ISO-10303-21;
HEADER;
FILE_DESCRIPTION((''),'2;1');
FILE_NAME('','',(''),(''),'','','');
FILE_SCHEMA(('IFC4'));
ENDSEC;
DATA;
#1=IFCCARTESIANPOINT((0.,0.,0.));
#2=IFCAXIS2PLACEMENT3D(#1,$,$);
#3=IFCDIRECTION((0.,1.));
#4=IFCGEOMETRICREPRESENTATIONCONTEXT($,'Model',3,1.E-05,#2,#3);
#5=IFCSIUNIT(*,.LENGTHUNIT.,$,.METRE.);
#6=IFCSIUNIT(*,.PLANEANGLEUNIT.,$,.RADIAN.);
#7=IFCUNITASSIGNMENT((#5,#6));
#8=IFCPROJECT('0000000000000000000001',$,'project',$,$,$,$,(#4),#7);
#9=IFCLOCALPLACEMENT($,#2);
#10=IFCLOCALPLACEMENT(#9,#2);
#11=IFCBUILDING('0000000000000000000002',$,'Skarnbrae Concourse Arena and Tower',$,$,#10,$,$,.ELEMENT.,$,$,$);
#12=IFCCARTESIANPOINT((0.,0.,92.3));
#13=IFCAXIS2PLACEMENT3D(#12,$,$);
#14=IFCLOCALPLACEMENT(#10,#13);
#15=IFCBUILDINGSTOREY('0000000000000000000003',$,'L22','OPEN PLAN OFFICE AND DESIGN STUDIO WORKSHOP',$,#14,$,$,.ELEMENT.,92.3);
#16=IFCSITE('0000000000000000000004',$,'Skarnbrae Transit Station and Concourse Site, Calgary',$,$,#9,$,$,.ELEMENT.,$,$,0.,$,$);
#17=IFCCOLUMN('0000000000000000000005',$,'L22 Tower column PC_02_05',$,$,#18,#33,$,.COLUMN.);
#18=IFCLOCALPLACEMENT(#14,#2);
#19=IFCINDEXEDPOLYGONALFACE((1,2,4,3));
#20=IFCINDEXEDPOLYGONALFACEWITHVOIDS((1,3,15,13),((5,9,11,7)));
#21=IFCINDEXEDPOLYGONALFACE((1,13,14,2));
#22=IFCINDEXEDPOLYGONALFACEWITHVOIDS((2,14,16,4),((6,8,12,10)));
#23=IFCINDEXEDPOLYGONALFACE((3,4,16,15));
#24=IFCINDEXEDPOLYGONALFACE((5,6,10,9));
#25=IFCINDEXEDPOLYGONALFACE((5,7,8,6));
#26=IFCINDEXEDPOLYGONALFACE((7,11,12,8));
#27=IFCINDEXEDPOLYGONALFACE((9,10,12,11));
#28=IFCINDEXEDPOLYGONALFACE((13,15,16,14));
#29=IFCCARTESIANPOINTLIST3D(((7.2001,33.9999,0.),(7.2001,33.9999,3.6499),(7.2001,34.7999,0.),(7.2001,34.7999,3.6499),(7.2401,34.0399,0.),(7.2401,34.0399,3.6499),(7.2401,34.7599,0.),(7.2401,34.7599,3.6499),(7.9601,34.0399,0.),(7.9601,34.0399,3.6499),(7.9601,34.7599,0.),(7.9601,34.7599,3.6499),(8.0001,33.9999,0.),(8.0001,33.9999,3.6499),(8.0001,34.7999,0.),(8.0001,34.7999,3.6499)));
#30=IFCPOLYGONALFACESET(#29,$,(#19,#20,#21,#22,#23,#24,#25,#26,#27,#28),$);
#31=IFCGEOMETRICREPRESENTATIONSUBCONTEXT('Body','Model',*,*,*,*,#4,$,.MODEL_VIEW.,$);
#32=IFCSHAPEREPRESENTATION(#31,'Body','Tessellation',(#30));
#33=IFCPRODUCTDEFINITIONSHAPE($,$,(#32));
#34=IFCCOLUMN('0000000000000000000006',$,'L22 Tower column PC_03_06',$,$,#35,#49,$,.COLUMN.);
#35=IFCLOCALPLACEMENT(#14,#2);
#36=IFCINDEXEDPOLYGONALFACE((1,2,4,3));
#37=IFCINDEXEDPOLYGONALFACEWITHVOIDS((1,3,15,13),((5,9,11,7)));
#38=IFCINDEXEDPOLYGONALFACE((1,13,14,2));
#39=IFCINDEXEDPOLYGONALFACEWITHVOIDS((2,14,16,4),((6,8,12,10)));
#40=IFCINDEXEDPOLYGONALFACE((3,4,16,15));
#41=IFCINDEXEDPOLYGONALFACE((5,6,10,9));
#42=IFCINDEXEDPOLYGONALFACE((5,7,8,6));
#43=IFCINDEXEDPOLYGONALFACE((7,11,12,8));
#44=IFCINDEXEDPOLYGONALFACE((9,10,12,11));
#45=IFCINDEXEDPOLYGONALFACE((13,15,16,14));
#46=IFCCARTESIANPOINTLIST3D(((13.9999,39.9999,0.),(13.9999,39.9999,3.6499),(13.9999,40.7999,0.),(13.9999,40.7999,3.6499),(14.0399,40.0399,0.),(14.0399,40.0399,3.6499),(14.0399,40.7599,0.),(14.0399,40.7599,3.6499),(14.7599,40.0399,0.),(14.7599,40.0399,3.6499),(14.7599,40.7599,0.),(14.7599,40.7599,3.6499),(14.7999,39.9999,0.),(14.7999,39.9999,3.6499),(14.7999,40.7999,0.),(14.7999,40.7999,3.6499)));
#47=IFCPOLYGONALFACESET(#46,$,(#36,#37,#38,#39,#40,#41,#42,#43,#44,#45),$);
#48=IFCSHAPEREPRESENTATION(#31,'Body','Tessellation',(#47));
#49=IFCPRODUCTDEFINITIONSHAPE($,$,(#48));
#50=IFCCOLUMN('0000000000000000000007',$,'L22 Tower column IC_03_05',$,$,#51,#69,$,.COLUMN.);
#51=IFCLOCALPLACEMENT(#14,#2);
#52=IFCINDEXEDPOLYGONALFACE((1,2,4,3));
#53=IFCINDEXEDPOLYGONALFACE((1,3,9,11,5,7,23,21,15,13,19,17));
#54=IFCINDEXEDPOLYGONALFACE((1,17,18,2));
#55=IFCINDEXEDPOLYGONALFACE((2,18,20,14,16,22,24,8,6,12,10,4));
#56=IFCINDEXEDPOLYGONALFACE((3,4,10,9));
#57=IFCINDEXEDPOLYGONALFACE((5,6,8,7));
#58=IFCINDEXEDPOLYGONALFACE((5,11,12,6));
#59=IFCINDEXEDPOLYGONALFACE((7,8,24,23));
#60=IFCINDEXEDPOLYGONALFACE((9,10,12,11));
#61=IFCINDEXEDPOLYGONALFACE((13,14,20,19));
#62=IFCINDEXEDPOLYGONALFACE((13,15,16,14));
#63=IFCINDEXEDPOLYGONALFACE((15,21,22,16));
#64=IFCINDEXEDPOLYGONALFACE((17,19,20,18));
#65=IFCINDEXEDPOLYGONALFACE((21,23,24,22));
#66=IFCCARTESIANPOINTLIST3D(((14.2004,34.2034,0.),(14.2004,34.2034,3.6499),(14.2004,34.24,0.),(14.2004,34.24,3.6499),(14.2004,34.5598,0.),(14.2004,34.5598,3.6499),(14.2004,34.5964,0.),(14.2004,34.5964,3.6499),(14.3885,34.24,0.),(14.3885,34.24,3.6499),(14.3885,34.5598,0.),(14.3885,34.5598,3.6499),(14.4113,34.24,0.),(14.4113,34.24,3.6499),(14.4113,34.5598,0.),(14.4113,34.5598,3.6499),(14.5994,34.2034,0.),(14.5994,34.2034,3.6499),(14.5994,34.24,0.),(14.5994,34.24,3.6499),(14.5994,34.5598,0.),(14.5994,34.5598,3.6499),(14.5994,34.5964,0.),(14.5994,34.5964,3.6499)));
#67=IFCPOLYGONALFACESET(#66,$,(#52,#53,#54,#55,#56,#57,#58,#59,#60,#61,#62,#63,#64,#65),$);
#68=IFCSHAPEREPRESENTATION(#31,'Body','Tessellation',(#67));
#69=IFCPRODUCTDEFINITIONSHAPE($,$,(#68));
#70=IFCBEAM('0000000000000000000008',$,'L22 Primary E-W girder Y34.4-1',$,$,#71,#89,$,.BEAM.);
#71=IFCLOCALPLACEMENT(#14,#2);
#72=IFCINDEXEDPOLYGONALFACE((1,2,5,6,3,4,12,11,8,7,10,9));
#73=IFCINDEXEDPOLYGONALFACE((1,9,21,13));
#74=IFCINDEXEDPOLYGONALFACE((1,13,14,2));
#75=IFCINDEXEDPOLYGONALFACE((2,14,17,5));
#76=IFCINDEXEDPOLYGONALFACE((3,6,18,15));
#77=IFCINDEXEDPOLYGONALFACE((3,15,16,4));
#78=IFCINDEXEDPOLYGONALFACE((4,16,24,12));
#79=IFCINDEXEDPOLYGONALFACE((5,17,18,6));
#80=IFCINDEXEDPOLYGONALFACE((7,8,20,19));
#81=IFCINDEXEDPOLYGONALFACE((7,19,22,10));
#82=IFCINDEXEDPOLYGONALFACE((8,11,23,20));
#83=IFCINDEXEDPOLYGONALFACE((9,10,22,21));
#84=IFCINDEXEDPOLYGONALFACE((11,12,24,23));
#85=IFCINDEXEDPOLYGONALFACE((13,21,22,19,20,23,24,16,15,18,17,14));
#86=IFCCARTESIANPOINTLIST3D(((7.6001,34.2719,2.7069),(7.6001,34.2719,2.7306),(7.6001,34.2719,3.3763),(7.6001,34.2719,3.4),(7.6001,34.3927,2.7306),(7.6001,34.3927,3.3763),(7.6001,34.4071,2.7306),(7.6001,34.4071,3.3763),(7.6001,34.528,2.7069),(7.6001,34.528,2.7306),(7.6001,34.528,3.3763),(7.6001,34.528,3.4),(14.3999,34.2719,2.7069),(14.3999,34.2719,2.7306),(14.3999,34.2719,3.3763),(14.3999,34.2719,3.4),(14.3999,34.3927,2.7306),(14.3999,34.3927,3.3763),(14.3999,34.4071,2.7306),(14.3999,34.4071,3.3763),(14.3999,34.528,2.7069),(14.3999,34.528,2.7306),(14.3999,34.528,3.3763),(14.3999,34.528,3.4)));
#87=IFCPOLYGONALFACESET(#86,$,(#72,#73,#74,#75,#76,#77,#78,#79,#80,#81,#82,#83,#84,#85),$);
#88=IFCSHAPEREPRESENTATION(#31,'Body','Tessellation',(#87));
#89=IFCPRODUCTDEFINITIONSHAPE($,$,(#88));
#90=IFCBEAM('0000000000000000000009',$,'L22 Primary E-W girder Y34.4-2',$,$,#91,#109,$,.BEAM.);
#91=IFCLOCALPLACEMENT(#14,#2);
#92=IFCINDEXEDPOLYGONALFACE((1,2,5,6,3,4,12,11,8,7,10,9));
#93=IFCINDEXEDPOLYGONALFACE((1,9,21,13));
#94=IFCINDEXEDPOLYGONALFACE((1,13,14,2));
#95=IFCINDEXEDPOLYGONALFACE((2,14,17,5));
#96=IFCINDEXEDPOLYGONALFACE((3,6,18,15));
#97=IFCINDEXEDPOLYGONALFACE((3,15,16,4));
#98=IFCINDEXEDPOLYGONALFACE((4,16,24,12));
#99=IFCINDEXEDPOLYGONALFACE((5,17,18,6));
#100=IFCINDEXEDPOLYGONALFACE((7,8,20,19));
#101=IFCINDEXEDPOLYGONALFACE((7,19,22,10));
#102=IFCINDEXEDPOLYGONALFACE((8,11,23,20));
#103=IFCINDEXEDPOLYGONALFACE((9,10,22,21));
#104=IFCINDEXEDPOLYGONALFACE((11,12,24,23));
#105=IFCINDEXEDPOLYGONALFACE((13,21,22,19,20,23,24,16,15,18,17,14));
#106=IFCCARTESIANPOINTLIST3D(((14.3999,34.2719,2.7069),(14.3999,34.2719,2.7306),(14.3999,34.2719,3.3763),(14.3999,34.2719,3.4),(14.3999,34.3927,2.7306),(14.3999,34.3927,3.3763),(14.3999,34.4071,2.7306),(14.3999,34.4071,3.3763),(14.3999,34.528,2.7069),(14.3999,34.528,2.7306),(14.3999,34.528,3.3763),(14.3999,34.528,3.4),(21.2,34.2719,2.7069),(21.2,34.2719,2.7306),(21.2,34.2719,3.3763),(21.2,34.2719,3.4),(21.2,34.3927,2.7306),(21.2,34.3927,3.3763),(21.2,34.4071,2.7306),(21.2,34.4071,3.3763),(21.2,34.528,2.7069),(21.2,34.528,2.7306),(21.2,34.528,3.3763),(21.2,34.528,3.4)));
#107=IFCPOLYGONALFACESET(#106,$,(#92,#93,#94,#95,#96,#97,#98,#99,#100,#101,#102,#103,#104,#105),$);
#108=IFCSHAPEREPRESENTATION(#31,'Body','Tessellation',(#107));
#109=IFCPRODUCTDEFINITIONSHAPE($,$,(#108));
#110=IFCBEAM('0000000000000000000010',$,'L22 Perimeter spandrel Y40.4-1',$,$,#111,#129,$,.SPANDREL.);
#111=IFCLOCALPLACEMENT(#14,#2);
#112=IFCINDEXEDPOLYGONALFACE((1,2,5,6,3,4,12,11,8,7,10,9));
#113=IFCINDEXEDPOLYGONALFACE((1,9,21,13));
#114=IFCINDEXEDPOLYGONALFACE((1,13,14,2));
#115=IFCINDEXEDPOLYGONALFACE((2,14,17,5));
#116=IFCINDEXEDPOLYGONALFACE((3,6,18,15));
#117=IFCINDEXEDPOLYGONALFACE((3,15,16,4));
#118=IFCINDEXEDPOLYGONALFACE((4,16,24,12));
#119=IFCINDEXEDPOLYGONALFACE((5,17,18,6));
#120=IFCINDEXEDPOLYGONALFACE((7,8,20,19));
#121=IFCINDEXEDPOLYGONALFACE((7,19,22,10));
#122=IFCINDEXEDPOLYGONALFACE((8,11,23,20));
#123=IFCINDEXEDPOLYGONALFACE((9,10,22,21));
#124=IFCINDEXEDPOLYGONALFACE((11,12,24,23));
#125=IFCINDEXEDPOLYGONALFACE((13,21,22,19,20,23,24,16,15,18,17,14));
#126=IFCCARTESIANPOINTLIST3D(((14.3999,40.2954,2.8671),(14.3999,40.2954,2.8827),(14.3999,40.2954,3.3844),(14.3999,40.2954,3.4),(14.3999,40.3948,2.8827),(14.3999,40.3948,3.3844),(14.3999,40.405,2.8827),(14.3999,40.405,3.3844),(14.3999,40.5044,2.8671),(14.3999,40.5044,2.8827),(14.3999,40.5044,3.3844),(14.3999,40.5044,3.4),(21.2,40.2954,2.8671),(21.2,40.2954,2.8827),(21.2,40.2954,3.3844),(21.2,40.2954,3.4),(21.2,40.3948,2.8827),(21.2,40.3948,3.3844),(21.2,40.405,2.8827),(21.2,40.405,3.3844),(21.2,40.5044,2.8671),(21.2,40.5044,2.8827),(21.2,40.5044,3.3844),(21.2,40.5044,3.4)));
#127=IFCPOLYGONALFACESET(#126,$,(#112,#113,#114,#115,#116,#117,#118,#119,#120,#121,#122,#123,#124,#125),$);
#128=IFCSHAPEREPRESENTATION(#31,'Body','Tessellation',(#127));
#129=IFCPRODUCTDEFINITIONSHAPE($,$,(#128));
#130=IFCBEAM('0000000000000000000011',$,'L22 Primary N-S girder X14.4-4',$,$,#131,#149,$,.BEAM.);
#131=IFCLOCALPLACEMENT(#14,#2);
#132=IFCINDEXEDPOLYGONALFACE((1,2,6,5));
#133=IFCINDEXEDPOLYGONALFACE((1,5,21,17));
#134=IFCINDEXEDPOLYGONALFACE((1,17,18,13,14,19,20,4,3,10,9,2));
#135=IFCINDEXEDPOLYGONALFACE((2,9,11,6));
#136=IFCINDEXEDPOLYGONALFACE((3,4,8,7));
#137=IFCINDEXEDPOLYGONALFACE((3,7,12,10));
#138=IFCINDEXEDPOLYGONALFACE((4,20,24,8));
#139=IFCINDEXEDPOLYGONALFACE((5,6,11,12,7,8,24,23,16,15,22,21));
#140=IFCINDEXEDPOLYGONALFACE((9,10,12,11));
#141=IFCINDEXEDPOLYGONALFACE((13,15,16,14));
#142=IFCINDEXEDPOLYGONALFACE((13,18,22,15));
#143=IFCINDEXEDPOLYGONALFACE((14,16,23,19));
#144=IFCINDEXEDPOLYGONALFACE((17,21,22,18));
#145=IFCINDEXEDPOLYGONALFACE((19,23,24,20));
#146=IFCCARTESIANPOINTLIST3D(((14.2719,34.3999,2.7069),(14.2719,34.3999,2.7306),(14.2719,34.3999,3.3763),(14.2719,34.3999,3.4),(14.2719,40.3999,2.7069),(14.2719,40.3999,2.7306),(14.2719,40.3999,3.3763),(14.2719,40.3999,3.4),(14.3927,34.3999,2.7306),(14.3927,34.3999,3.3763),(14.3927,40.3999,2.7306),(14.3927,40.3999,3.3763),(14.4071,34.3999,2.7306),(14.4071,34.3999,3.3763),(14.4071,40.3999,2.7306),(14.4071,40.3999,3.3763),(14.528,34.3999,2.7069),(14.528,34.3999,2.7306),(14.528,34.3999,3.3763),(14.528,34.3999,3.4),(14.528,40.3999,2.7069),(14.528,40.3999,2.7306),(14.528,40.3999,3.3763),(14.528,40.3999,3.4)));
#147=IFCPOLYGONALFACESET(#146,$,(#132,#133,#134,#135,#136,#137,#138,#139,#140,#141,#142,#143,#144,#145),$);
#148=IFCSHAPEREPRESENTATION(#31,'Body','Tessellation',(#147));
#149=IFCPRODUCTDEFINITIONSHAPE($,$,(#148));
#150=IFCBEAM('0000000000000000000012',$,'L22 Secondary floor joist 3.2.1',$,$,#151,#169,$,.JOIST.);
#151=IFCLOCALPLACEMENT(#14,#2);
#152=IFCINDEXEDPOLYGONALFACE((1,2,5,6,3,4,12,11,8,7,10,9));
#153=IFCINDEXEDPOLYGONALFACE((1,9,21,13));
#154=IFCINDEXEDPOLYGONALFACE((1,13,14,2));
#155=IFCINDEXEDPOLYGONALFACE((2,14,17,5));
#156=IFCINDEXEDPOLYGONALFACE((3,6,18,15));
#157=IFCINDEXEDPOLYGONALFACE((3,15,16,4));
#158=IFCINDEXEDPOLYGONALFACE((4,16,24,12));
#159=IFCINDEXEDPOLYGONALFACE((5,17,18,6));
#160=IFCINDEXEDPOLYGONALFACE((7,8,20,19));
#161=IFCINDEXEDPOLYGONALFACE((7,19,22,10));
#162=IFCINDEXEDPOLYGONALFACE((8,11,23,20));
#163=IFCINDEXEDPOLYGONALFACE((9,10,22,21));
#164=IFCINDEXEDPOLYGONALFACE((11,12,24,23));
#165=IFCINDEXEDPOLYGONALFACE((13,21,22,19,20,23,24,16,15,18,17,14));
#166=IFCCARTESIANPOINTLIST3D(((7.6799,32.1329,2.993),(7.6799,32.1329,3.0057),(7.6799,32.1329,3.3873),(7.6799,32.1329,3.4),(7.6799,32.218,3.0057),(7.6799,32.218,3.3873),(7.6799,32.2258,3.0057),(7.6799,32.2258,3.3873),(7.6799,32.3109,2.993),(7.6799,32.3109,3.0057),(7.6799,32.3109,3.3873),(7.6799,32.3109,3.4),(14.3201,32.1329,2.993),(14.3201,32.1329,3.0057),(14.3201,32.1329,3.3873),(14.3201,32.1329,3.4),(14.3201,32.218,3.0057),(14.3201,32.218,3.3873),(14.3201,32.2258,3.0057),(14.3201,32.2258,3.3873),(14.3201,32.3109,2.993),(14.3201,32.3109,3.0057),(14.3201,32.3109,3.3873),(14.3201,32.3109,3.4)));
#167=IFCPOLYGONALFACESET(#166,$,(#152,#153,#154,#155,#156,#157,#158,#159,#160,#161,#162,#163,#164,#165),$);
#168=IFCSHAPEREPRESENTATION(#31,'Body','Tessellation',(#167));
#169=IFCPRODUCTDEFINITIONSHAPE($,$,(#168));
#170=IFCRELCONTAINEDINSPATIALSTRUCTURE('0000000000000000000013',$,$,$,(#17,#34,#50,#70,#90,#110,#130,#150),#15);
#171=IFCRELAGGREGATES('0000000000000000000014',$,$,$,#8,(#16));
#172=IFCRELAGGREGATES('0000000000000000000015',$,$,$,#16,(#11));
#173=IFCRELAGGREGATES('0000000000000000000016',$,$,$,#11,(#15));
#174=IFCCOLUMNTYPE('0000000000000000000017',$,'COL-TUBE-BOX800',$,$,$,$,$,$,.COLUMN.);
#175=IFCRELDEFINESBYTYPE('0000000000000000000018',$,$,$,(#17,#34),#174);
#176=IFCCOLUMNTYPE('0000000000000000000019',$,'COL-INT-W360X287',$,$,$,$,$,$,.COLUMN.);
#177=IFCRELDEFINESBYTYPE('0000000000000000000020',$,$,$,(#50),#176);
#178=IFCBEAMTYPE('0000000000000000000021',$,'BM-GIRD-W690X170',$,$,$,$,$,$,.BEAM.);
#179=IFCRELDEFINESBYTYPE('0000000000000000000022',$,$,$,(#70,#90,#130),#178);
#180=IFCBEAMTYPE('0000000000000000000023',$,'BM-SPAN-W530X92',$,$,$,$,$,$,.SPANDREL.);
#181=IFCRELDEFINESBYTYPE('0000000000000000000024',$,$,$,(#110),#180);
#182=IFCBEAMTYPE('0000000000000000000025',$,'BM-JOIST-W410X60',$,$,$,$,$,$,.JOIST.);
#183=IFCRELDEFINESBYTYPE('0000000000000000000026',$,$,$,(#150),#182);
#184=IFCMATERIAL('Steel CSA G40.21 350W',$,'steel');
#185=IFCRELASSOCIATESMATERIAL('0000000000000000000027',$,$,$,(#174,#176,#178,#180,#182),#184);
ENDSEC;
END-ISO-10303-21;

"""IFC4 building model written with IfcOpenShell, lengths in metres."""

from ifc_helpers import new_model, si_unit, direction, frame, origin, origin_2d, place, context, subcontext, project, spatial, hollow_rectangle, i_section, extrude, source, transform, mapped, material, material_profile, profile_set, type_object, element, save


model = new_model("IFC4")

# Units and contexts
model_context = context("Model", 3, precision=1e-05, world=origin(), true_north=direction((0.0, 1.0)))
body_context = subcontext(model_context, "Body", "Model", "MODEL_VIEW")
ifc_project = project(units=[si_unit("LENGTHUNIT", "METRE"), si_unit("PLANEANGLEUNIT", "RADIAN")], contexts=[model_context])

# Site, building, storey
site_placement = place(None, origin())
site = spatial("IfcSite", under=ifc_project, at=site_placement, Name="Skarnbrae Transit Station and Concourse Site, Calgary", CompositionType="ELEMENT", RefElevation=0.0)
building_placement = place(site_placement, origin())
building = spatial("IfcBuilding", under=site, at=building_placement, Name="Skarnbrae Concourse Arena and Tower", CompositionType="ELEMENT")
storey_placement = place(building_placement, frame((0.0, 0.0, 92.3)))
storey = spatial("IfcBuildingStorey", under=building, at=storey_placement, Name="L22", Description="OPEN PLAN OFFICE AND DESIGN STUDIO WORKSHOP", CompositionType="ELEMENT", Elevation=92.3)

# Columns
ifc_material_1 = material(Name="Steel CSA G40.21 350W", Category="steel")
ifc_material_profile_1 = material_profile(ifc_material_1, hollow_rectangle(XDim=0.8, YDim=0.8, WallThickness=0.04, at=origin_2d()), Name="BOX800X800X40")
ifc_profile_set_1 = profile_set([ifc_material_profile_1], Name="Steel CSA G40.21 350W")
column_type_1 = type_object("IfcColumnType", Name="COL-TUBE-BOX800", PredefinedType="COLUMN", material=ifc_profile_set_1)
shared_shape_1 = source(origin(), body_context, "Body", "SweptSolid", [
    extrude(hollow_rectangle(XDim=0.8, YDim=0.8, WallThickness=0.04, at=origin_2d()), origin(), (0.0, 0.0, 1.0), 3.6499),
])
for number, where, z_axis, x_axis, name in (
    (1, (7.6001, 34.3999, 0.0), (0.0, 0.0, 1.0), (1.0, 0.0, 0.0), "L22 Tower column PC_02_05"),
    (2, (14.3999, 40.3999, 0.0), (0.0, 0.0, 1.0), (1.0, 0.0, 0.0), "L22 Tower column PC_03_06"),
):
    element("IfcColumn", number, at=place(storey_placement, frame(where, z_axis=z_axis, x_axis=x_axis)), inside=storey, type_object=column_type_1, Name=name, PredefinedType="COLUMN", context=body_context, shape_type="MappedRepresentation", body=[
        mapped(shared_shape_1, transform((0.0, 0.0, 0.0))),
    ])
ifc_material_profile_2 = material_profile(ifc_material_1, i_section(OverallWidth=0.3989, OverallDepth=0.3931, WebThickness=0.0227, FlangeThickness=0.0366, at=origin_2d()), Name="W360X287")
ifc_profile_set_2 = profile_set([ifc_material_profile_2], Name="Steel CSA G40.21 350W")
column_type_2 = type_object("IfcColumnType", Name="COL-INT-W360X287", PredefinedType="COLUMN", material=ifc_profile_set_2)
shared_shape_2 = source(origin(), body_context, "Body", "SweptSolid", [
    extrude(i_section(OverallWidth=0.3989, OverallDepth=0.3931, WebThickness=0.0227, FlangeThickness=0.0366, at=origin_2d()), origin(), (0.0, 0.0, 1.0), 3.6499),
])
column_placement = place(storey_placement, frame((14.3999, 34.3999, 0.0), z_axis=(0.0, 0.0, 1.0), x_axis=(1.0, 0.0, 0.0)))
element("IfcColumn", 3, at=column_placement, inside=storey, type_object=column_type_2, Name="L22 Tower column IC_03_05", PredefinedType="COLUMN", context=body_context, shape_type="MappedRepresentation", body=[
    mapped(shared_shape_2, transform((0.0, 0.0, 0.0))),
])

# Beams
ifc_material_profile_3 = material_profile(ifc_material_1, i_section(OverallWidth=0.2561, OverallDepth=0.6931, WebThickness=0.0144, FlangeThickness=0.0237, at=origin_2d()), Name="W690X170")
ifc_profile_set_3 = profile_set([ifc_material_profile_3], Name="Steel CSA G40.21 350W")
beam_type_1 = type_object("IfcBeamType", Name="BM-GIRD-W690X170", PredefinedType="BEAM", material=ifc_profile_set_3)
shared_shape_3 = source(origin(), body_context, "Body", "SweptSolid", [
    extrude(i_section(OverallWidth=0.2561, OverallDepth=0.6931, WebThickness=0.0144, FlangeThickness=0.0237, at=origin_2d()), origin(), (0.0, 0.0, 1.0), 6.7998),
])
beam_1_placement = place(storey_placement, frame((7.6001, 34.3999, 3.0535), z_axis=(1.0, 0.0, 0.0), x_axis=(0.0, 1.0, 0.0)))
element("IfcBeam", 4, at=beam_1_placement, inside=storey, type_object=beam_type_1, Name="L22 Primary E-W girder Y34.4-1", PredefinedType="BEAM", context=body_context, shape_type="MappedRepresentation", body=[
    mapped(shared_shape_3, transform((0.0, 0.0, 0.0))),
])
shared_shape_4 = source(origin(), body_context, "Body", "SweptSolid", [
    extrude(i_section(OverallWidth=0.2561, OverallDepth=0.6931, WebThickness=0.0144, FlangeThickness=0.0237, at=origin_2d()), origin(), (0.0, 0.0, 1.0), 6.8),
])
beam_2_placement = place(storey_placement, frame((14.3999, 34.3999, 3.0535), z_axis=(1.0, 0.0, 0.0), x_axis=(0.0, 1.0, 0.0)))
element("IfcBeam", 5, at=beam_2_placement, inside=storey, type_object=beam_type_1, Name="L22 Primary E-W girder Y34.4-2", PredefinedType="BEAM", context=body_context, shape_type="MappedRepresentation", body=[
    mapped(shared_shape_4, transform((0.0, 0.0, 0.0))),
])
ifc_material_profile_4 = material_profile(ifc_material_1, i_section(OverallWidth=0.209, OverallDepth=0.533, WebThickness=0.0103, FlangeThickness=0.0156, at=origin_2d()), Name="W530X92")
ifc_profile_set_4 = profile_set([ifc_material_profile_4], Name="Steel CSA G40.21 350W")
beam_type_2 = type_object("IfcBeamType", Name="BM-SPAN-W530X92", PredefinedType="SPANDREL", material=ifc_profile_set_4)
shared_shape_5 = source(origin(), body_context, "Body", "SweptSolid", [
    extrude(i_section(OverallWidth=0.209, OverallDepth=0.533, WebThickness=0.0103, FlangeThickness=0.0156, at=origin_2d()), origin(), (0.0, 0.0, 1.0), 6.8),
])
beam_3_placement = place(storey_placement, frame((14.3999, 40.3999, 3.1335), z_axis=(1.0, 0.0, 0.0), x_axis=(0.0, 1.0, 0.0)))
element("IfcBeam", 6, at=beam_3_placement, inside=storey, type_object=beam_type_2, Name="L22 Perimeter spandrel Y40.4-1", PredefinedType="SPANDREL", context=body_context, shape_type="MappedRepresentation", body=[
    mapped(shared_shape_5, transform((0.0, 0.0, 0.0))),
])
shared_shape_6 = source(origin(), body_context, "Body", "SweptSolid", [
    extrude(i_section(OverallWidth=0.2561, OverallDepth=0.6931, WebThickness=0.0144, FlangeThickness=0.0237, at=origin_2d()), origin(), (0.0, 0.0, 1.0), 6.0),
])
beam_4_placement = place(storey_placement, frame((14.3999, 34.3999, 3.0535), z_axis=(0.0, 1.0, 0.0), x_axis=(-1.0, 0.0, 0.0)))
element("IfcBeam", 7, at=beam_4_placement, inside=storey, type_object=beam_type_1, Name="L22 Primary N-S girder X14.4-4", PredefinedType="BEAM", context=body_context, shape_type="MappedRepresentation", body=[
    mapped(shared_shape_6, transform((0.0, 0.0, 0.0))),
])
ifc_material_profile_5 = material_profile(ifc_material_1, i_section(OverallWidth=0.178, OverallDepth=0.407, WebThickness=0.0078, FlangeThickness=0.0127, at=origin_2d()), Name="W410X60")
ifc_profile_set_5 = profile_set([ifc_material_profile_5], Name="Steel CSA G40.21 350W")
beam_type_3 = type_object("IfcBeamType", Name="BM-JOIST-W410X60", PredefinedType="JOIST", material=ifc_profile_set_5)
shared_shape_7 = source(origin(), body_context, "Body", "SweptSolid", [
    extrude(i_section(OverallWidth=0.178, OverallDepth=0.407, WebThickness=0.0078, FlangeThickness=0.0127, at=origin_2d()), origin(), (0.0, 0.0, 1.0), 6.6401),
])
beam_5_placement = place(storey_placement, frame((7.6799, 32.2219, 3.1965), z_axis=(1.0, 0.0, 0.0), x_axis=(0.0, 1.0, 0.0)))
element("IfcBeam", 8, at=beam_5_placement, inside=storey, type_object=beam_type_3, Name="L22 Secondary floor joist 3.2.1", PredefinedType="JOIST", context=body_context, shape_type="MappedRepresentation", body=[
    mapped(shared_shape_7, transform((0.0, 0.0, 0.0))),
])

save(model, "model.ifc")
